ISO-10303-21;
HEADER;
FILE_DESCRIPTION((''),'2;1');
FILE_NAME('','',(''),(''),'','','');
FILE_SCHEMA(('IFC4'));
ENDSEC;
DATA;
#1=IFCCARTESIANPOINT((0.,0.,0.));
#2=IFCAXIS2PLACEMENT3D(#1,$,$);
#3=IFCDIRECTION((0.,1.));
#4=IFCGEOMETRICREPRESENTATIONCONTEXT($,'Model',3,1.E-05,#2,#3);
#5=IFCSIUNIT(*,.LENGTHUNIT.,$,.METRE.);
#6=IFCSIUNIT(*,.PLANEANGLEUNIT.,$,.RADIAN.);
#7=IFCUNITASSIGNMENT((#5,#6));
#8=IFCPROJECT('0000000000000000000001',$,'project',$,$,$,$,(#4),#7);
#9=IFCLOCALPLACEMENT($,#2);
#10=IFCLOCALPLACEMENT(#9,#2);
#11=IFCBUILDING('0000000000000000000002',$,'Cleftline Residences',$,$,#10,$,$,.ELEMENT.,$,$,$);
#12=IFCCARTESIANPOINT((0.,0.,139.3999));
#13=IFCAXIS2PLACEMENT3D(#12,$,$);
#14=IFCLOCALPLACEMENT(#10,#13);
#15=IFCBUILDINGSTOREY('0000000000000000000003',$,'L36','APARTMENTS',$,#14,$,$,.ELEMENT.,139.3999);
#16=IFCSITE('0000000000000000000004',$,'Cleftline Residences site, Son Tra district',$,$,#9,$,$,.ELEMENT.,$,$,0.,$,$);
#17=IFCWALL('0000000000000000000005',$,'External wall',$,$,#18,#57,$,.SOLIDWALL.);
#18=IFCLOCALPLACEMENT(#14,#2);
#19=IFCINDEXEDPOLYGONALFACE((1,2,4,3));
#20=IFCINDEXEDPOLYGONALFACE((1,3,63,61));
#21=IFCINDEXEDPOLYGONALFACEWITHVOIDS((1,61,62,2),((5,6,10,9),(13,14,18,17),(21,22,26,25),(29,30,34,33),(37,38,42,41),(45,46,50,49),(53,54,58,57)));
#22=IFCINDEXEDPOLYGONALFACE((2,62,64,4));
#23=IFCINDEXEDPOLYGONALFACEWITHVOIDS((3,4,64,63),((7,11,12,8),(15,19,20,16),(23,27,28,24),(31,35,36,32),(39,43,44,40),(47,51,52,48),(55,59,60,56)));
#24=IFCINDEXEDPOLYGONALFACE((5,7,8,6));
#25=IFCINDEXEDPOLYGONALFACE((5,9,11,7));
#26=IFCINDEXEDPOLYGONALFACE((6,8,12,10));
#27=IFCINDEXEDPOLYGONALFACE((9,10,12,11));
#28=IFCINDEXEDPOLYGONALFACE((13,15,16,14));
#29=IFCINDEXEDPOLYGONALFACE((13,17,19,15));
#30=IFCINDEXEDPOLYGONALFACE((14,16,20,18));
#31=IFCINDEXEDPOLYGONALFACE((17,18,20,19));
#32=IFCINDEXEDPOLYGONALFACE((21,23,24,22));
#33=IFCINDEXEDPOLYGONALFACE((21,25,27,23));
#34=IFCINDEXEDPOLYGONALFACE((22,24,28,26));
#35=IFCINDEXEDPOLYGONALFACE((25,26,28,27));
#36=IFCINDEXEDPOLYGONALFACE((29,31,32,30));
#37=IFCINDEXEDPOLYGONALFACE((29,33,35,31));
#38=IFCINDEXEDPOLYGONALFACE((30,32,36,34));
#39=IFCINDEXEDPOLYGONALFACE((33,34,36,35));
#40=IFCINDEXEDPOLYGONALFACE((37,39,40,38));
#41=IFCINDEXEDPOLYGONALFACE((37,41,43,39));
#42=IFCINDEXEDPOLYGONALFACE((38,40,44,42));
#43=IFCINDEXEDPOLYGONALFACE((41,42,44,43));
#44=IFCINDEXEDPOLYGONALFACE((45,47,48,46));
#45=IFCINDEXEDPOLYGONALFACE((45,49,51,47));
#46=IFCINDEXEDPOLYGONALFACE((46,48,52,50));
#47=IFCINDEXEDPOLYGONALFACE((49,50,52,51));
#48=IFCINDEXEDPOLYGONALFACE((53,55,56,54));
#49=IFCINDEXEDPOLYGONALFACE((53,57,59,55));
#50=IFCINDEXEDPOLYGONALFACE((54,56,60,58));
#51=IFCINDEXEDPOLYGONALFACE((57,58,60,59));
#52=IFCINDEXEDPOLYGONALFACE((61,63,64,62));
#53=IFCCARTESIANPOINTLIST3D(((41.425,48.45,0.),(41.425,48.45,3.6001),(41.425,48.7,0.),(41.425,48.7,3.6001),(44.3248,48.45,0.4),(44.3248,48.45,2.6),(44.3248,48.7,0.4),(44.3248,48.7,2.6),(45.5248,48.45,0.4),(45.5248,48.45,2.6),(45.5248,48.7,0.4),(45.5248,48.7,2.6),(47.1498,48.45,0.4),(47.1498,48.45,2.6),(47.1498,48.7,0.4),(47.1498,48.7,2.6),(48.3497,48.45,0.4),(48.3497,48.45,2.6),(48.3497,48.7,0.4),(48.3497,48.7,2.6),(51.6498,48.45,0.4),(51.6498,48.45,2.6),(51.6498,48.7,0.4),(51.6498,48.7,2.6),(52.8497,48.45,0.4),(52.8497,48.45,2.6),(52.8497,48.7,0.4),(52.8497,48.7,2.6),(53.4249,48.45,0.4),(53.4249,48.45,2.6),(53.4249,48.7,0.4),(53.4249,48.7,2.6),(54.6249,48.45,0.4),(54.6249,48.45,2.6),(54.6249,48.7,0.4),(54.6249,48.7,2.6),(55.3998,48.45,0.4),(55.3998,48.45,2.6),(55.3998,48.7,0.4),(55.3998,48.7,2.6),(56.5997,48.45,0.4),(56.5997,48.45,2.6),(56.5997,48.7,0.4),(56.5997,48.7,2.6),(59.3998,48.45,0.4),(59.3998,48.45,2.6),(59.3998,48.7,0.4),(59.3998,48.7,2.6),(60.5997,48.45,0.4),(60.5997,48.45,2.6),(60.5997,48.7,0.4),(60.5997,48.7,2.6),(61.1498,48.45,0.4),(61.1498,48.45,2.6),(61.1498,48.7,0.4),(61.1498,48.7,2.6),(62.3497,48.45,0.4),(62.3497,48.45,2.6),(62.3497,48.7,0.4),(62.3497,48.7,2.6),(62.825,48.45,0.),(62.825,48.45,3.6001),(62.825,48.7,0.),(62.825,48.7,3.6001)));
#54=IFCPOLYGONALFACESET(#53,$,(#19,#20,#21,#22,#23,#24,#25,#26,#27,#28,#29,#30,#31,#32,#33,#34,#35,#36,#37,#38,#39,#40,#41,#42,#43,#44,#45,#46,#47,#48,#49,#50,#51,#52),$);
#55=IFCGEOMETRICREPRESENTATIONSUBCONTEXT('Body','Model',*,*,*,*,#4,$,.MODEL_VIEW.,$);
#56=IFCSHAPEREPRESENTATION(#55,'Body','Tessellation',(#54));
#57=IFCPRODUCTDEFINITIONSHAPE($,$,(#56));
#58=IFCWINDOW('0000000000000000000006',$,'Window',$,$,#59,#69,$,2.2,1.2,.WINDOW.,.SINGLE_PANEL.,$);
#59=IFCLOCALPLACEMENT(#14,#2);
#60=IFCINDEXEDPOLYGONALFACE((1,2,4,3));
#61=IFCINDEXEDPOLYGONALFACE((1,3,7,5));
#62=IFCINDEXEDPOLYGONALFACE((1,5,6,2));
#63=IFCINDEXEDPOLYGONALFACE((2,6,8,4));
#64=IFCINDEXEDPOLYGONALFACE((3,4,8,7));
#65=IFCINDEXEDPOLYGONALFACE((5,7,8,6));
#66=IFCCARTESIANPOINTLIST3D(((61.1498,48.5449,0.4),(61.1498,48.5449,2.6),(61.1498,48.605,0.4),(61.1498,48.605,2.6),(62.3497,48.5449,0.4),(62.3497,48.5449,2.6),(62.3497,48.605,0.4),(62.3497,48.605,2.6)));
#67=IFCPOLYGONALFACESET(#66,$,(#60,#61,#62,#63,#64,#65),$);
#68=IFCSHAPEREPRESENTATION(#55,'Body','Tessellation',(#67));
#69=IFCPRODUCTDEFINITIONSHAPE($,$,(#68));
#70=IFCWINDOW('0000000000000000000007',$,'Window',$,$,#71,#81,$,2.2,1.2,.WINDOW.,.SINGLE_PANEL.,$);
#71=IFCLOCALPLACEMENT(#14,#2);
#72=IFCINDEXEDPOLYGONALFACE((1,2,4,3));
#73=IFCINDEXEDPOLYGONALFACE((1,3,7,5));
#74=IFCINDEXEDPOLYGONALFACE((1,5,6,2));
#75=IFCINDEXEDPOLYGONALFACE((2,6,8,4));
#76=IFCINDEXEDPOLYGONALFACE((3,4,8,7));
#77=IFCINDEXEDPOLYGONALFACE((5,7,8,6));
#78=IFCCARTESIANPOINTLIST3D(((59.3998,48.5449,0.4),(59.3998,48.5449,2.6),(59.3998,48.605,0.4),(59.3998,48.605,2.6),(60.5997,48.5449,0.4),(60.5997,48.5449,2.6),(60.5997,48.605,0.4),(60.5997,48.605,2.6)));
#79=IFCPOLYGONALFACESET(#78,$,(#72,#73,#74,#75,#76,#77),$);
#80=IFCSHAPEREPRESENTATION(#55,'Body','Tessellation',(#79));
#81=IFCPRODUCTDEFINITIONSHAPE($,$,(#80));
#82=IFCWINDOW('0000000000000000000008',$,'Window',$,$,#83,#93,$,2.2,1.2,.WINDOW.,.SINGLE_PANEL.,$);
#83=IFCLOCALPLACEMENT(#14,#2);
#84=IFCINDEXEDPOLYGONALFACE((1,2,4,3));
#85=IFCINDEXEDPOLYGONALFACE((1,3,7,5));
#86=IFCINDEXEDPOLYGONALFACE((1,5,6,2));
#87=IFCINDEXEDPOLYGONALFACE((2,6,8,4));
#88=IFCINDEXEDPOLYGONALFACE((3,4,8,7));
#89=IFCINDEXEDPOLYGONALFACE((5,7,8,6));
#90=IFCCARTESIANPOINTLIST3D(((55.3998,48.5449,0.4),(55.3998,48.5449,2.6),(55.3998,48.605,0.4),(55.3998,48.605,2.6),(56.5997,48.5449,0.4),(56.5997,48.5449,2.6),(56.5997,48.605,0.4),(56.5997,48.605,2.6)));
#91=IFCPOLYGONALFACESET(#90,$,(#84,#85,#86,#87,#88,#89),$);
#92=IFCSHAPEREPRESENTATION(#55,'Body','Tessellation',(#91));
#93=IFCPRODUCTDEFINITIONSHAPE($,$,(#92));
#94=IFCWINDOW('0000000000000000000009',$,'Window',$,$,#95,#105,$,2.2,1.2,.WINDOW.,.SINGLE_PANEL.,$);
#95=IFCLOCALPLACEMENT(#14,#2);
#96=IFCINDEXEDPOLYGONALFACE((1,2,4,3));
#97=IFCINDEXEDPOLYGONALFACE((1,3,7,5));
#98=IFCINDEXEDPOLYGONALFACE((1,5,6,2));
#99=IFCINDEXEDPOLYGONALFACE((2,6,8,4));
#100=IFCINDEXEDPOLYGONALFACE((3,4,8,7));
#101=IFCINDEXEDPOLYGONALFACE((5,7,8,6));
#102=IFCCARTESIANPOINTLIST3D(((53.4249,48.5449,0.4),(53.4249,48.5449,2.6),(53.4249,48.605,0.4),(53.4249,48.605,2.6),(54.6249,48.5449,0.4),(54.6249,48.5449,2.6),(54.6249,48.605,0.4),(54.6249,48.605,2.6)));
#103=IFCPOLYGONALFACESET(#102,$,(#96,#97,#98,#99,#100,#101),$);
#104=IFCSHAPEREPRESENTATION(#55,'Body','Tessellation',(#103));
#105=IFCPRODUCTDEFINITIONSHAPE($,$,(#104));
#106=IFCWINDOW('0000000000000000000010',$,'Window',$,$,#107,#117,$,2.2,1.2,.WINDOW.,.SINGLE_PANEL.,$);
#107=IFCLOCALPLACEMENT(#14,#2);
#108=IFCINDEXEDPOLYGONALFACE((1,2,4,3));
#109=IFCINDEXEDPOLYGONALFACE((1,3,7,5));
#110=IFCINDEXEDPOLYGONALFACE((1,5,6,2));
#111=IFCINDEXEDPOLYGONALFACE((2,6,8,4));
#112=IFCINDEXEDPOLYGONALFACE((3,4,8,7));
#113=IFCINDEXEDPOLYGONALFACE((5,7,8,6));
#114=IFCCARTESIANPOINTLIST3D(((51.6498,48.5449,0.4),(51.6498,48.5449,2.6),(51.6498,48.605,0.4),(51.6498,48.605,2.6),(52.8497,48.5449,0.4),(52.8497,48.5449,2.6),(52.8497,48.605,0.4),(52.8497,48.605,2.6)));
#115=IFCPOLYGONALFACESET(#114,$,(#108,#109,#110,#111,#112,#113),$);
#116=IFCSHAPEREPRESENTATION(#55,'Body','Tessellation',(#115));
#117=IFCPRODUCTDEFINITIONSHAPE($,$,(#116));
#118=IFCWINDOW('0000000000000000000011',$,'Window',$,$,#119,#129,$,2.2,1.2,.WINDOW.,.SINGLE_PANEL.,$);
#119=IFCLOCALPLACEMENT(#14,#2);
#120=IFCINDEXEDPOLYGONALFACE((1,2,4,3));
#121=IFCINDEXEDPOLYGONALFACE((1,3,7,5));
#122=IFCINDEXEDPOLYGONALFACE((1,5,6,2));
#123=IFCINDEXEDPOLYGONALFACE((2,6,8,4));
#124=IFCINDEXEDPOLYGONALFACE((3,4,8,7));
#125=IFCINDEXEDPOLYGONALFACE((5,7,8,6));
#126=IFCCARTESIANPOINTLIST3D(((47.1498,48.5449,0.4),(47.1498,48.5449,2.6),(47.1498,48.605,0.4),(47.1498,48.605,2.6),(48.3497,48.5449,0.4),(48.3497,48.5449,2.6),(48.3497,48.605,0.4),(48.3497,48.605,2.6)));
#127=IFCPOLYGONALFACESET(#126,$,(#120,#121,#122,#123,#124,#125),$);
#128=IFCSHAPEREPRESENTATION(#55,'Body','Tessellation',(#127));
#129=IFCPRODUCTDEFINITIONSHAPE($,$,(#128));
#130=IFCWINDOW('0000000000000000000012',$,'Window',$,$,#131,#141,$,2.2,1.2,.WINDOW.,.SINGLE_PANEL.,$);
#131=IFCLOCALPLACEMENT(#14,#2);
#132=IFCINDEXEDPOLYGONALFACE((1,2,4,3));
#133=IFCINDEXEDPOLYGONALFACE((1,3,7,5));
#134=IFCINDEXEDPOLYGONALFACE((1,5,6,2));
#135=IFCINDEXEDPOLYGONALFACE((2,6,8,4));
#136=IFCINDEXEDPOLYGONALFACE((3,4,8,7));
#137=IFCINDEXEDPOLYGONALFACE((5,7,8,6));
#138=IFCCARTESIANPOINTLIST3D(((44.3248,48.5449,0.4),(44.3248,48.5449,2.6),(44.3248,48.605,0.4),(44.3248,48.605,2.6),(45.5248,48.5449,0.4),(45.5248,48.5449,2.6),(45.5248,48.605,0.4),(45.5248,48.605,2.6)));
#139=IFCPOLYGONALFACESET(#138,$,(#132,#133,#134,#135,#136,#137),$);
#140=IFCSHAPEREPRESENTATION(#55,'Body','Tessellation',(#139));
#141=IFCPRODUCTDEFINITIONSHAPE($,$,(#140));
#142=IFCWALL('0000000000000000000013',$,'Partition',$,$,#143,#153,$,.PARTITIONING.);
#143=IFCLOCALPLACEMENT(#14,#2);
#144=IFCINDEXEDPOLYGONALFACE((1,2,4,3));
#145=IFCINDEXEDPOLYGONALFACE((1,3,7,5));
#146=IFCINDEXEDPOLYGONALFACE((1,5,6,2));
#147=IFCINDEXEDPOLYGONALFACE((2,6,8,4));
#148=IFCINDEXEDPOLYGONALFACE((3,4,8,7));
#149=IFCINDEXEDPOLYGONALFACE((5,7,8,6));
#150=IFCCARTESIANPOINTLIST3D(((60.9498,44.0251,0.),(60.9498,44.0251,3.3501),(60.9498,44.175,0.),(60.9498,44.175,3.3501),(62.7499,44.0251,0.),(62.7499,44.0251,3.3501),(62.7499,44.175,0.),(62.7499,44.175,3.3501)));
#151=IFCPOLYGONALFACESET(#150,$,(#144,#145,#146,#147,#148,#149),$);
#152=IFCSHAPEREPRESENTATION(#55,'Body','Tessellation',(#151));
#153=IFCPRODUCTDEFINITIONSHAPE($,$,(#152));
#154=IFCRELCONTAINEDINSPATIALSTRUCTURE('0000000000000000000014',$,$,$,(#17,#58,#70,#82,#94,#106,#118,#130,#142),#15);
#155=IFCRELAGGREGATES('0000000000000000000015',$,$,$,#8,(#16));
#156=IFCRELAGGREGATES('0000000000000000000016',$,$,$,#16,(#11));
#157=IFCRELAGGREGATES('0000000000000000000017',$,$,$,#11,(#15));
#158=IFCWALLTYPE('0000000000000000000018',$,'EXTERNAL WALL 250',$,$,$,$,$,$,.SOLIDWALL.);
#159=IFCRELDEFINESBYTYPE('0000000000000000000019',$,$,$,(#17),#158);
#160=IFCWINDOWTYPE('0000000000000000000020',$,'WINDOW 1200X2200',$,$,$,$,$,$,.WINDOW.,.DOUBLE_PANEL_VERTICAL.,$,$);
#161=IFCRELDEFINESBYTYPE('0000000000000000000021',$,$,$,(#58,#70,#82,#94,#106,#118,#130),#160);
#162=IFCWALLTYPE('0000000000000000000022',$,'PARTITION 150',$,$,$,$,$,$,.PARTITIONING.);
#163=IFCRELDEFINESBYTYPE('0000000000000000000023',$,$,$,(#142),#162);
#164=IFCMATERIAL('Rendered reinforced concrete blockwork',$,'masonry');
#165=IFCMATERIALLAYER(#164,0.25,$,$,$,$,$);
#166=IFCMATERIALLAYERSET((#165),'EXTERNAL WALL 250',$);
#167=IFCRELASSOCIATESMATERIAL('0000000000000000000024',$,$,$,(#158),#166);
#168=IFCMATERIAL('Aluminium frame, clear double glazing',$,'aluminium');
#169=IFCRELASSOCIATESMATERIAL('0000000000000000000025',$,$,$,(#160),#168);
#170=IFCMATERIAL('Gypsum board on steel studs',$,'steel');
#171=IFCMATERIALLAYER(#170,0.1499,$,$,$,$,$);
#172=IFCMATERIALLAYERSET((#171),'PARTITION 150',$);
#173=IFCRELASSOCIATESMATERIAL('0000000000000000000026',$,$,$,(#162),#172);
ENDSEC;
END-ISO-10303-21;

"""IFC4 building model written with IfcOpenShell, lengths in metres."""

from ifc_helpers import new_model, si_unit, direction, frame, frame_2d, origin, place, context, subcontext, project, spatial, rectangle, extrude, material, layer, layer_set, type_object, element, fill, save


model = new_model("IFC4")

# Units and contexts
model_context = context("Model", 3, precision=1e-05, world=origin(), true_north=direction((0.0, 1.0)))
body_context = subcontext(model_context, "Body", "Model", "MODEL_VIEW")
ifc_project = project(units=[si_unit("LENGTHUNIT", "METRE"), si_unit("PLANEANGLEUNIT", "RADIAN")], contexts=[model_context])

# Site, building, storey
site_placement = place(None, origin())
site = spatial("IfcSite", under=ifc_project, at=site_placement, Name="Cleftline Residences site, Son Tra district", CompositionType="ELEMENT", RefElevation=0.0)
building_placement = place(site_placement, origin())
building = spatial("IfcBuilding", under=site, at=building_placement, Name="Cleftline Residences", CompositionType="ELEMENT")
storey_placement = place(building_placement, frame((0.0, 0.0, 139.3999)))
storey = spatial("IfcBuildingStorey", under=building, at=storey_placement, Name="L36", Description="APARTMENTS", CompositionType="ELEMENT", Elevation=139.3999)

# Shared definitions
ifc_material_1 = material(Name="Rendered reinforced concrete blockwork", Category="masonry")
ifc_layer_1 = layer(ifc_material_1, 0.25)
ifc_layer_set_1 = layer_set([ifc_layer_1], Name="EXTERNAL WALL 250")
wall_type_1 = type_object("IfcWallType", Name="EXTERNAL WALL 250", PredefinedType="SOLIDWALL", material=ifc_layer_set_1)

# Wall, openings, windows
wall_1_placement = place(storey_placement, frame((62.825, 48.575, 0.0), z_axis=(0.0, 0.0, 1.0), x_axis=(-1.0, 0.0, 0.0)))
wall_1 = element("IfcWall", 1, at=wall_1_placement, inside=storey, type_object=wall_type_1, Name="External wall", PredefinedType="SOLIDWALL", context=body_context, shape_type="SweptSolid", body=[
    extrude(rectangle(XDim=21.3999, YDim=0.25, at=frame_2d((10.7, 0.0))), origin(), (0.0, 0.0, 1.0), 3.6001),
])
opening_1_placement = place(wall_1_placement, frame((0.4751, 0.0, 0.3999)))
opening_1 = element("IfcOpeningElement", 2, at=opening_1_placement, cuts=wall_1, PredefinedType="OPENING", context=body_context, shape_type="SweptSolid", body=[
    extrude(rectangle(XDim=1.2, YDim=2.2, at=frame_2d((0.6001, 1.1001))), frame((0.0, 0.135, 0.0), z_axis=(0.0, -1.0, 0.0), x_axis=(1.0, 0.0, 0.0)), (0.0, 0.0, 1.0), 0.27),
])
opening_2_placement = place(wall_1_placement, frame((2.2251, 0.0, 0.3999)))
opening_2 = element("IfcOpeningElement", 3, at=opening_2_placement, cuts=wall_1, PredefinedType="OPENING", context=body_context, shape_type="SweptSolid", body=[
    extrude(rectangle(XDim=1.2, YDim=2.2, at=frame_2d((0.6001, 1.1001))), frame((0.0, 0.135, 0.0), z_axis=(0.0, -1.0, 0.0), x_axis=(1.0, 0.0, 0.0)), (0.0, 0.0, 1.0), 0.27),
])
opening_3_placement = place(wall_1_placement, frame((6.2251, 0.0, 0.3999)))
opening_3 = element("IfcOpeningElement", 4, at=opening_3_placement, cuts=wall_1, PredefinedType="OPENING", context=body_context, shape_type="SweptSolid", body=[
    extrude(rectangle(XDim=1.2, YDim=2.2, at=frame_2d((0.6001, 1.1001))), frame((0.0, 0.135, 0.0), z_axis=(0.0, -1.0, 0.0), x_axis=(1.0, 0.0, 0.0)), (0.0, 0.0, 1.0), 0.27),
])
opening_4_placement = place(wall_1_placement, frame((8.2, 0.0, 0.3999)))
opening_4 = element("IfcOpeningElement", 5, at=opening_4_placement, cuts=wall_1, PredefinedType="OPENING", context=body_context, shape_type="SweptSolid", body=[
    extrude(rectangle(XDim=1.2, YDim=2.2, at=frame_2d((0.6001, 1.1001))), frame((0.0, 0.135, 0.0), z_axis=(0.0, -1.0, 0.0), x_axis=(1.0, 0.0, 0.0)), (0.0, 0.0, 1.0), 0.27),
])
opening_5_placement = place(wall_1_placement, frame((9.9751, 0.0, 0.3999)))
opening_5 = element("IfcOpeningElement", 6, at=opening_5_placement, cuts=wall_1, PredefinedType="OPENING", context=body_context, shape_type="SweptSolid", body=[
    extrude(rectangle(XDim=1.2, YDim=2.2, at=frame_2d((0.6001, 1.1001))), frame((0.0, 0.135, 0.0), z_axis=(0.0, -1.0, 0.0), x_axis=(1.0, 0.0, 0.0)), (0.0, 0.0, 1.0), 0.27),
])
opening_6_placement = place(wall_1_placement, frame((14.4751, 0.0, 0.3999)))
opening_6 = element("IfcOpeningElement", 7, at=opening_6_placement, cuts=wall_1, PredefinedType="OPENING", context=body_context, shape_type="SweptSolid", body=[
    extrude(rectangle(XDim=1.2, YDim=2.2, at=frame_2d((0.6001, 1.1001))), frame((0.0, 0.135, 0.0), z_axis=(0.0, -1.0, 0.0), x_axis=(1.0, 0.0, 0.0)), (0.0, 0.0, 1.0), 0.27),
])
opening_7_placement = place(wall_1_placement, frame((17.3, 0.0, 0.3999)))
opening_7 = element("IfcOpeningElement", 8, at=opening_7_placement, cuts=wall_1, PredefinedType="OPENING", context=body_context, shape_type="SweptSolid", body=[
    extrude(rectangle(XDim=1.2, YDim=2.2, at=frame_2d((0.6001, 1.1001))), frame((0.0, 0.135, 0.0), z_axis=(0.0, -1.0, 0.0), x_axis=(1.0, 0.0, 0.0)), (0.0, 0.0, 1.0), 0.27),
])
ifc_material_2 = material(Name="Aluminium frame, clear double glazing", Category="aluminium")
window_type_1 = type_object("IfcWindowType", Name="WINDOW 1200X2200", PartitioningType="DOUBLE_PANEL_VERTICAL", PredefinedType="WINDOW", material=ifc_material_2)
window_1_placement = place(opening_1_placement, origin())
window_1 = element("IfcWindow", 9, at=window_1_placement, inside=storey, type_object=window_type_1, Name="Window", OverallHeight=2.2, OverallWidth=1.2, PartitioningType="SINGLE_PANEL", PredefinedType="WINDOW", context=body_context, shape_type="SweptSolid", body=[
    extrude(rectangle(XDim=1.2, YDim=2.2, at=frame_2d((0.6001, 1.1001))), frame((0.0, 0.03, 0.0), z_axis=(0.0, -1.0, 0.0), x_axis=(1.0, 0.0, 0.0)), (0.0, 0.0, 1.0), 0.0601),
])
fill(opening_1, window_1)
window_2_placement = place(opening_2_placement, origin())
window_2 = element("IfcWindow", 10, at=window_2_placement, inside=storey, type_object=window_type_1, Name="Window", OverallHeight=2.2, OverallWidth=1.2, PartitioningType="SINGLE_PANEL", PredefinedType="WINDOW", context=body_context, shape_type="SweptSolid", body=[
    extrude(rectangle(XDim=1.2, YDim=2.2, at=frame_2d((0.6001, 1.1001))), frame((0.0, 0.03, 0.0), z_axis=(0.0, -1.0, 0.0), x_axis=(1.0, 0.0, 0.0)), (0.0, 0.0, 1.0), 0.0601),
])
fill(opening_2, window_2)
window_3_placement = place(opening_3_placement, origin())
window_3 = element("IfcWindow", 11, at=window_3_placement, inside=storey, type_object=window_type_1, Name="Window", OverallHeight=2.2, OverallWidth=1.2, PartitioningType="SINGLE_PANEL", PredefinedType="WINDOW", context=body_context, shape_type="SweptSolid", body=[
    extrude(rectangle(XDim=1.2, YDim=2.2, at=frame_2d((0.6001, 1.1001))), frame((0.0, 0.03, 0.0), z_axis=(0.0, -1.0, 0.0), x_axis=(1.0, 0.0, 0.0)), (0.0, 0.0, 1.0), 0.0601),
])
fill(opening_3, window_3)
window_4_placement = place(opening_4_placement, origin())
window_4 = element("IfcWindow", 12, at=window_4_placement, inside=storey, type_object=window_type_1, Name="Window", OverallHeight=2.2, OverallWidth=1.2, PartitioningType="SINGLE_PANEL", PredefinedType="WINDOW", context=body_context, shape_type="SweptSolid", body=[
    extrude(rectangle(XDim=1.2, YDim=2.2, at=frame_2d((0.6001, 1.1001))), frame((0.0, 0.03, 0.0), z_axis=(0.0, -1.0, 0.0), x_axis=(1.0, 0.0, 0.0)), (0.0, 0.0, 1.0), 0.0601),
])
fill(opening_4, window_4)
window_5_placement = place(opening_5_placement, origin())
window_5 = element("IfcWindow", 13, at=window_5_placement, inside=storey, type_object=window_type_1, Name="Window", OverallHeight=2.2, OverallWidth=1.2, PartitioningType="SINGLE_PANEL", PredefinedType="WINDOW", context=body_context, shape_type="SweptSolid", body=[
    extrude(rectangle(XDim=1.2, YDim=2.2, at=frame_2d((0.6001, 1.1001))), frame((0.0, 0.03, 0.0), z_axis=(0.0, -1.0, 0.0), x_axis=(1.0, 0.0, 0.0)), (0.0, 0.0, 1.0), 0.0601),
])
fill(opening_5, window_5)
window_6_placement = place(opening_6_placement, origin())
window_6 = element("IfcWindow", 14, at=window_6_placement, inside=storey, type_object=window_type_1, Name="Window", OverallHeight=2.2, OverallWidth=1.2, PartitioningType="SINGLE_PANEL", PredefinedType="WINDOW", context=body_context, shape_type="SweptSolid", body=[
    extrude(rectangle(XDim=1.2, YDim=2.2, at=frame_2d((0.6001, 1.1001))), frame((0.0, 0.03, 0.0), z_axis=(0.0, -1.0, 0.0), x_axis=(1.0, 0.0, 0.0)), (0.0, 0.0, 1.0), 0.0601),
])
fill(opening_6, window_6)
window_7_placement = place(opening_7_placement, origin())
window_7 = element("IfcWindow", 15, at=window_7_placement, inside=storey, type_object=window_type_1, Name="Window", OverallHeight=2.2, OverallWidth=1.2, PartitioningType="SINGLE_PANEL", PredefinedType="WINDOW", context=body_context, shape_type="SweptSolid", body=[
    extrude(rectangle(XDim=1.2, YDim=2.2, at=frame_2d((0.6001, 1.1001))), frame((0.0, 0.03, 0.0), z_axis=(0.0, -1.0, 0.0), x_axis=(1.0, 0.0, 0.0)), (0.0, 0.0, 1.0), 0.0601),
])
fill(opening_7, window_7)

# Wall
ifc_material_3 = material(Name="Gypsum board on steel studs", Category="steel")
ifc_layer_2 = layer(ifc_material_3, 0.1499)
ifc_layer_set_2 = layer_set([ifc_layer_2], Name="PARTITION 150")
wall_type_2 = type_object("IfcWallType", Name="PARTITION 150", PredefinedType="PARTITIONING", material=ifc_layer_set_2)
wall_2_placement = place(storey_placement, frame((60.95, 44.1001, 0.0), z_axis=(0.0, 0.0, 1.0), x_axis=(1.0, 0.0, 0.0)))
element("IfcWall", 16, at=wall_2_placement, inside=storey, type_object=wall_type_2, Name="Partition", PredefinedType="PARTITIONING", context=body_context, shape_type="SweptSolid", body=[
    extrude(rectangle(XDim=1.8, YDim=0.1499, at=frame_2d((0.8999, 0.0))), origin(), (0.0, 0.0, 1.0), 3.3501),
])

save(model, "model.ifc")
